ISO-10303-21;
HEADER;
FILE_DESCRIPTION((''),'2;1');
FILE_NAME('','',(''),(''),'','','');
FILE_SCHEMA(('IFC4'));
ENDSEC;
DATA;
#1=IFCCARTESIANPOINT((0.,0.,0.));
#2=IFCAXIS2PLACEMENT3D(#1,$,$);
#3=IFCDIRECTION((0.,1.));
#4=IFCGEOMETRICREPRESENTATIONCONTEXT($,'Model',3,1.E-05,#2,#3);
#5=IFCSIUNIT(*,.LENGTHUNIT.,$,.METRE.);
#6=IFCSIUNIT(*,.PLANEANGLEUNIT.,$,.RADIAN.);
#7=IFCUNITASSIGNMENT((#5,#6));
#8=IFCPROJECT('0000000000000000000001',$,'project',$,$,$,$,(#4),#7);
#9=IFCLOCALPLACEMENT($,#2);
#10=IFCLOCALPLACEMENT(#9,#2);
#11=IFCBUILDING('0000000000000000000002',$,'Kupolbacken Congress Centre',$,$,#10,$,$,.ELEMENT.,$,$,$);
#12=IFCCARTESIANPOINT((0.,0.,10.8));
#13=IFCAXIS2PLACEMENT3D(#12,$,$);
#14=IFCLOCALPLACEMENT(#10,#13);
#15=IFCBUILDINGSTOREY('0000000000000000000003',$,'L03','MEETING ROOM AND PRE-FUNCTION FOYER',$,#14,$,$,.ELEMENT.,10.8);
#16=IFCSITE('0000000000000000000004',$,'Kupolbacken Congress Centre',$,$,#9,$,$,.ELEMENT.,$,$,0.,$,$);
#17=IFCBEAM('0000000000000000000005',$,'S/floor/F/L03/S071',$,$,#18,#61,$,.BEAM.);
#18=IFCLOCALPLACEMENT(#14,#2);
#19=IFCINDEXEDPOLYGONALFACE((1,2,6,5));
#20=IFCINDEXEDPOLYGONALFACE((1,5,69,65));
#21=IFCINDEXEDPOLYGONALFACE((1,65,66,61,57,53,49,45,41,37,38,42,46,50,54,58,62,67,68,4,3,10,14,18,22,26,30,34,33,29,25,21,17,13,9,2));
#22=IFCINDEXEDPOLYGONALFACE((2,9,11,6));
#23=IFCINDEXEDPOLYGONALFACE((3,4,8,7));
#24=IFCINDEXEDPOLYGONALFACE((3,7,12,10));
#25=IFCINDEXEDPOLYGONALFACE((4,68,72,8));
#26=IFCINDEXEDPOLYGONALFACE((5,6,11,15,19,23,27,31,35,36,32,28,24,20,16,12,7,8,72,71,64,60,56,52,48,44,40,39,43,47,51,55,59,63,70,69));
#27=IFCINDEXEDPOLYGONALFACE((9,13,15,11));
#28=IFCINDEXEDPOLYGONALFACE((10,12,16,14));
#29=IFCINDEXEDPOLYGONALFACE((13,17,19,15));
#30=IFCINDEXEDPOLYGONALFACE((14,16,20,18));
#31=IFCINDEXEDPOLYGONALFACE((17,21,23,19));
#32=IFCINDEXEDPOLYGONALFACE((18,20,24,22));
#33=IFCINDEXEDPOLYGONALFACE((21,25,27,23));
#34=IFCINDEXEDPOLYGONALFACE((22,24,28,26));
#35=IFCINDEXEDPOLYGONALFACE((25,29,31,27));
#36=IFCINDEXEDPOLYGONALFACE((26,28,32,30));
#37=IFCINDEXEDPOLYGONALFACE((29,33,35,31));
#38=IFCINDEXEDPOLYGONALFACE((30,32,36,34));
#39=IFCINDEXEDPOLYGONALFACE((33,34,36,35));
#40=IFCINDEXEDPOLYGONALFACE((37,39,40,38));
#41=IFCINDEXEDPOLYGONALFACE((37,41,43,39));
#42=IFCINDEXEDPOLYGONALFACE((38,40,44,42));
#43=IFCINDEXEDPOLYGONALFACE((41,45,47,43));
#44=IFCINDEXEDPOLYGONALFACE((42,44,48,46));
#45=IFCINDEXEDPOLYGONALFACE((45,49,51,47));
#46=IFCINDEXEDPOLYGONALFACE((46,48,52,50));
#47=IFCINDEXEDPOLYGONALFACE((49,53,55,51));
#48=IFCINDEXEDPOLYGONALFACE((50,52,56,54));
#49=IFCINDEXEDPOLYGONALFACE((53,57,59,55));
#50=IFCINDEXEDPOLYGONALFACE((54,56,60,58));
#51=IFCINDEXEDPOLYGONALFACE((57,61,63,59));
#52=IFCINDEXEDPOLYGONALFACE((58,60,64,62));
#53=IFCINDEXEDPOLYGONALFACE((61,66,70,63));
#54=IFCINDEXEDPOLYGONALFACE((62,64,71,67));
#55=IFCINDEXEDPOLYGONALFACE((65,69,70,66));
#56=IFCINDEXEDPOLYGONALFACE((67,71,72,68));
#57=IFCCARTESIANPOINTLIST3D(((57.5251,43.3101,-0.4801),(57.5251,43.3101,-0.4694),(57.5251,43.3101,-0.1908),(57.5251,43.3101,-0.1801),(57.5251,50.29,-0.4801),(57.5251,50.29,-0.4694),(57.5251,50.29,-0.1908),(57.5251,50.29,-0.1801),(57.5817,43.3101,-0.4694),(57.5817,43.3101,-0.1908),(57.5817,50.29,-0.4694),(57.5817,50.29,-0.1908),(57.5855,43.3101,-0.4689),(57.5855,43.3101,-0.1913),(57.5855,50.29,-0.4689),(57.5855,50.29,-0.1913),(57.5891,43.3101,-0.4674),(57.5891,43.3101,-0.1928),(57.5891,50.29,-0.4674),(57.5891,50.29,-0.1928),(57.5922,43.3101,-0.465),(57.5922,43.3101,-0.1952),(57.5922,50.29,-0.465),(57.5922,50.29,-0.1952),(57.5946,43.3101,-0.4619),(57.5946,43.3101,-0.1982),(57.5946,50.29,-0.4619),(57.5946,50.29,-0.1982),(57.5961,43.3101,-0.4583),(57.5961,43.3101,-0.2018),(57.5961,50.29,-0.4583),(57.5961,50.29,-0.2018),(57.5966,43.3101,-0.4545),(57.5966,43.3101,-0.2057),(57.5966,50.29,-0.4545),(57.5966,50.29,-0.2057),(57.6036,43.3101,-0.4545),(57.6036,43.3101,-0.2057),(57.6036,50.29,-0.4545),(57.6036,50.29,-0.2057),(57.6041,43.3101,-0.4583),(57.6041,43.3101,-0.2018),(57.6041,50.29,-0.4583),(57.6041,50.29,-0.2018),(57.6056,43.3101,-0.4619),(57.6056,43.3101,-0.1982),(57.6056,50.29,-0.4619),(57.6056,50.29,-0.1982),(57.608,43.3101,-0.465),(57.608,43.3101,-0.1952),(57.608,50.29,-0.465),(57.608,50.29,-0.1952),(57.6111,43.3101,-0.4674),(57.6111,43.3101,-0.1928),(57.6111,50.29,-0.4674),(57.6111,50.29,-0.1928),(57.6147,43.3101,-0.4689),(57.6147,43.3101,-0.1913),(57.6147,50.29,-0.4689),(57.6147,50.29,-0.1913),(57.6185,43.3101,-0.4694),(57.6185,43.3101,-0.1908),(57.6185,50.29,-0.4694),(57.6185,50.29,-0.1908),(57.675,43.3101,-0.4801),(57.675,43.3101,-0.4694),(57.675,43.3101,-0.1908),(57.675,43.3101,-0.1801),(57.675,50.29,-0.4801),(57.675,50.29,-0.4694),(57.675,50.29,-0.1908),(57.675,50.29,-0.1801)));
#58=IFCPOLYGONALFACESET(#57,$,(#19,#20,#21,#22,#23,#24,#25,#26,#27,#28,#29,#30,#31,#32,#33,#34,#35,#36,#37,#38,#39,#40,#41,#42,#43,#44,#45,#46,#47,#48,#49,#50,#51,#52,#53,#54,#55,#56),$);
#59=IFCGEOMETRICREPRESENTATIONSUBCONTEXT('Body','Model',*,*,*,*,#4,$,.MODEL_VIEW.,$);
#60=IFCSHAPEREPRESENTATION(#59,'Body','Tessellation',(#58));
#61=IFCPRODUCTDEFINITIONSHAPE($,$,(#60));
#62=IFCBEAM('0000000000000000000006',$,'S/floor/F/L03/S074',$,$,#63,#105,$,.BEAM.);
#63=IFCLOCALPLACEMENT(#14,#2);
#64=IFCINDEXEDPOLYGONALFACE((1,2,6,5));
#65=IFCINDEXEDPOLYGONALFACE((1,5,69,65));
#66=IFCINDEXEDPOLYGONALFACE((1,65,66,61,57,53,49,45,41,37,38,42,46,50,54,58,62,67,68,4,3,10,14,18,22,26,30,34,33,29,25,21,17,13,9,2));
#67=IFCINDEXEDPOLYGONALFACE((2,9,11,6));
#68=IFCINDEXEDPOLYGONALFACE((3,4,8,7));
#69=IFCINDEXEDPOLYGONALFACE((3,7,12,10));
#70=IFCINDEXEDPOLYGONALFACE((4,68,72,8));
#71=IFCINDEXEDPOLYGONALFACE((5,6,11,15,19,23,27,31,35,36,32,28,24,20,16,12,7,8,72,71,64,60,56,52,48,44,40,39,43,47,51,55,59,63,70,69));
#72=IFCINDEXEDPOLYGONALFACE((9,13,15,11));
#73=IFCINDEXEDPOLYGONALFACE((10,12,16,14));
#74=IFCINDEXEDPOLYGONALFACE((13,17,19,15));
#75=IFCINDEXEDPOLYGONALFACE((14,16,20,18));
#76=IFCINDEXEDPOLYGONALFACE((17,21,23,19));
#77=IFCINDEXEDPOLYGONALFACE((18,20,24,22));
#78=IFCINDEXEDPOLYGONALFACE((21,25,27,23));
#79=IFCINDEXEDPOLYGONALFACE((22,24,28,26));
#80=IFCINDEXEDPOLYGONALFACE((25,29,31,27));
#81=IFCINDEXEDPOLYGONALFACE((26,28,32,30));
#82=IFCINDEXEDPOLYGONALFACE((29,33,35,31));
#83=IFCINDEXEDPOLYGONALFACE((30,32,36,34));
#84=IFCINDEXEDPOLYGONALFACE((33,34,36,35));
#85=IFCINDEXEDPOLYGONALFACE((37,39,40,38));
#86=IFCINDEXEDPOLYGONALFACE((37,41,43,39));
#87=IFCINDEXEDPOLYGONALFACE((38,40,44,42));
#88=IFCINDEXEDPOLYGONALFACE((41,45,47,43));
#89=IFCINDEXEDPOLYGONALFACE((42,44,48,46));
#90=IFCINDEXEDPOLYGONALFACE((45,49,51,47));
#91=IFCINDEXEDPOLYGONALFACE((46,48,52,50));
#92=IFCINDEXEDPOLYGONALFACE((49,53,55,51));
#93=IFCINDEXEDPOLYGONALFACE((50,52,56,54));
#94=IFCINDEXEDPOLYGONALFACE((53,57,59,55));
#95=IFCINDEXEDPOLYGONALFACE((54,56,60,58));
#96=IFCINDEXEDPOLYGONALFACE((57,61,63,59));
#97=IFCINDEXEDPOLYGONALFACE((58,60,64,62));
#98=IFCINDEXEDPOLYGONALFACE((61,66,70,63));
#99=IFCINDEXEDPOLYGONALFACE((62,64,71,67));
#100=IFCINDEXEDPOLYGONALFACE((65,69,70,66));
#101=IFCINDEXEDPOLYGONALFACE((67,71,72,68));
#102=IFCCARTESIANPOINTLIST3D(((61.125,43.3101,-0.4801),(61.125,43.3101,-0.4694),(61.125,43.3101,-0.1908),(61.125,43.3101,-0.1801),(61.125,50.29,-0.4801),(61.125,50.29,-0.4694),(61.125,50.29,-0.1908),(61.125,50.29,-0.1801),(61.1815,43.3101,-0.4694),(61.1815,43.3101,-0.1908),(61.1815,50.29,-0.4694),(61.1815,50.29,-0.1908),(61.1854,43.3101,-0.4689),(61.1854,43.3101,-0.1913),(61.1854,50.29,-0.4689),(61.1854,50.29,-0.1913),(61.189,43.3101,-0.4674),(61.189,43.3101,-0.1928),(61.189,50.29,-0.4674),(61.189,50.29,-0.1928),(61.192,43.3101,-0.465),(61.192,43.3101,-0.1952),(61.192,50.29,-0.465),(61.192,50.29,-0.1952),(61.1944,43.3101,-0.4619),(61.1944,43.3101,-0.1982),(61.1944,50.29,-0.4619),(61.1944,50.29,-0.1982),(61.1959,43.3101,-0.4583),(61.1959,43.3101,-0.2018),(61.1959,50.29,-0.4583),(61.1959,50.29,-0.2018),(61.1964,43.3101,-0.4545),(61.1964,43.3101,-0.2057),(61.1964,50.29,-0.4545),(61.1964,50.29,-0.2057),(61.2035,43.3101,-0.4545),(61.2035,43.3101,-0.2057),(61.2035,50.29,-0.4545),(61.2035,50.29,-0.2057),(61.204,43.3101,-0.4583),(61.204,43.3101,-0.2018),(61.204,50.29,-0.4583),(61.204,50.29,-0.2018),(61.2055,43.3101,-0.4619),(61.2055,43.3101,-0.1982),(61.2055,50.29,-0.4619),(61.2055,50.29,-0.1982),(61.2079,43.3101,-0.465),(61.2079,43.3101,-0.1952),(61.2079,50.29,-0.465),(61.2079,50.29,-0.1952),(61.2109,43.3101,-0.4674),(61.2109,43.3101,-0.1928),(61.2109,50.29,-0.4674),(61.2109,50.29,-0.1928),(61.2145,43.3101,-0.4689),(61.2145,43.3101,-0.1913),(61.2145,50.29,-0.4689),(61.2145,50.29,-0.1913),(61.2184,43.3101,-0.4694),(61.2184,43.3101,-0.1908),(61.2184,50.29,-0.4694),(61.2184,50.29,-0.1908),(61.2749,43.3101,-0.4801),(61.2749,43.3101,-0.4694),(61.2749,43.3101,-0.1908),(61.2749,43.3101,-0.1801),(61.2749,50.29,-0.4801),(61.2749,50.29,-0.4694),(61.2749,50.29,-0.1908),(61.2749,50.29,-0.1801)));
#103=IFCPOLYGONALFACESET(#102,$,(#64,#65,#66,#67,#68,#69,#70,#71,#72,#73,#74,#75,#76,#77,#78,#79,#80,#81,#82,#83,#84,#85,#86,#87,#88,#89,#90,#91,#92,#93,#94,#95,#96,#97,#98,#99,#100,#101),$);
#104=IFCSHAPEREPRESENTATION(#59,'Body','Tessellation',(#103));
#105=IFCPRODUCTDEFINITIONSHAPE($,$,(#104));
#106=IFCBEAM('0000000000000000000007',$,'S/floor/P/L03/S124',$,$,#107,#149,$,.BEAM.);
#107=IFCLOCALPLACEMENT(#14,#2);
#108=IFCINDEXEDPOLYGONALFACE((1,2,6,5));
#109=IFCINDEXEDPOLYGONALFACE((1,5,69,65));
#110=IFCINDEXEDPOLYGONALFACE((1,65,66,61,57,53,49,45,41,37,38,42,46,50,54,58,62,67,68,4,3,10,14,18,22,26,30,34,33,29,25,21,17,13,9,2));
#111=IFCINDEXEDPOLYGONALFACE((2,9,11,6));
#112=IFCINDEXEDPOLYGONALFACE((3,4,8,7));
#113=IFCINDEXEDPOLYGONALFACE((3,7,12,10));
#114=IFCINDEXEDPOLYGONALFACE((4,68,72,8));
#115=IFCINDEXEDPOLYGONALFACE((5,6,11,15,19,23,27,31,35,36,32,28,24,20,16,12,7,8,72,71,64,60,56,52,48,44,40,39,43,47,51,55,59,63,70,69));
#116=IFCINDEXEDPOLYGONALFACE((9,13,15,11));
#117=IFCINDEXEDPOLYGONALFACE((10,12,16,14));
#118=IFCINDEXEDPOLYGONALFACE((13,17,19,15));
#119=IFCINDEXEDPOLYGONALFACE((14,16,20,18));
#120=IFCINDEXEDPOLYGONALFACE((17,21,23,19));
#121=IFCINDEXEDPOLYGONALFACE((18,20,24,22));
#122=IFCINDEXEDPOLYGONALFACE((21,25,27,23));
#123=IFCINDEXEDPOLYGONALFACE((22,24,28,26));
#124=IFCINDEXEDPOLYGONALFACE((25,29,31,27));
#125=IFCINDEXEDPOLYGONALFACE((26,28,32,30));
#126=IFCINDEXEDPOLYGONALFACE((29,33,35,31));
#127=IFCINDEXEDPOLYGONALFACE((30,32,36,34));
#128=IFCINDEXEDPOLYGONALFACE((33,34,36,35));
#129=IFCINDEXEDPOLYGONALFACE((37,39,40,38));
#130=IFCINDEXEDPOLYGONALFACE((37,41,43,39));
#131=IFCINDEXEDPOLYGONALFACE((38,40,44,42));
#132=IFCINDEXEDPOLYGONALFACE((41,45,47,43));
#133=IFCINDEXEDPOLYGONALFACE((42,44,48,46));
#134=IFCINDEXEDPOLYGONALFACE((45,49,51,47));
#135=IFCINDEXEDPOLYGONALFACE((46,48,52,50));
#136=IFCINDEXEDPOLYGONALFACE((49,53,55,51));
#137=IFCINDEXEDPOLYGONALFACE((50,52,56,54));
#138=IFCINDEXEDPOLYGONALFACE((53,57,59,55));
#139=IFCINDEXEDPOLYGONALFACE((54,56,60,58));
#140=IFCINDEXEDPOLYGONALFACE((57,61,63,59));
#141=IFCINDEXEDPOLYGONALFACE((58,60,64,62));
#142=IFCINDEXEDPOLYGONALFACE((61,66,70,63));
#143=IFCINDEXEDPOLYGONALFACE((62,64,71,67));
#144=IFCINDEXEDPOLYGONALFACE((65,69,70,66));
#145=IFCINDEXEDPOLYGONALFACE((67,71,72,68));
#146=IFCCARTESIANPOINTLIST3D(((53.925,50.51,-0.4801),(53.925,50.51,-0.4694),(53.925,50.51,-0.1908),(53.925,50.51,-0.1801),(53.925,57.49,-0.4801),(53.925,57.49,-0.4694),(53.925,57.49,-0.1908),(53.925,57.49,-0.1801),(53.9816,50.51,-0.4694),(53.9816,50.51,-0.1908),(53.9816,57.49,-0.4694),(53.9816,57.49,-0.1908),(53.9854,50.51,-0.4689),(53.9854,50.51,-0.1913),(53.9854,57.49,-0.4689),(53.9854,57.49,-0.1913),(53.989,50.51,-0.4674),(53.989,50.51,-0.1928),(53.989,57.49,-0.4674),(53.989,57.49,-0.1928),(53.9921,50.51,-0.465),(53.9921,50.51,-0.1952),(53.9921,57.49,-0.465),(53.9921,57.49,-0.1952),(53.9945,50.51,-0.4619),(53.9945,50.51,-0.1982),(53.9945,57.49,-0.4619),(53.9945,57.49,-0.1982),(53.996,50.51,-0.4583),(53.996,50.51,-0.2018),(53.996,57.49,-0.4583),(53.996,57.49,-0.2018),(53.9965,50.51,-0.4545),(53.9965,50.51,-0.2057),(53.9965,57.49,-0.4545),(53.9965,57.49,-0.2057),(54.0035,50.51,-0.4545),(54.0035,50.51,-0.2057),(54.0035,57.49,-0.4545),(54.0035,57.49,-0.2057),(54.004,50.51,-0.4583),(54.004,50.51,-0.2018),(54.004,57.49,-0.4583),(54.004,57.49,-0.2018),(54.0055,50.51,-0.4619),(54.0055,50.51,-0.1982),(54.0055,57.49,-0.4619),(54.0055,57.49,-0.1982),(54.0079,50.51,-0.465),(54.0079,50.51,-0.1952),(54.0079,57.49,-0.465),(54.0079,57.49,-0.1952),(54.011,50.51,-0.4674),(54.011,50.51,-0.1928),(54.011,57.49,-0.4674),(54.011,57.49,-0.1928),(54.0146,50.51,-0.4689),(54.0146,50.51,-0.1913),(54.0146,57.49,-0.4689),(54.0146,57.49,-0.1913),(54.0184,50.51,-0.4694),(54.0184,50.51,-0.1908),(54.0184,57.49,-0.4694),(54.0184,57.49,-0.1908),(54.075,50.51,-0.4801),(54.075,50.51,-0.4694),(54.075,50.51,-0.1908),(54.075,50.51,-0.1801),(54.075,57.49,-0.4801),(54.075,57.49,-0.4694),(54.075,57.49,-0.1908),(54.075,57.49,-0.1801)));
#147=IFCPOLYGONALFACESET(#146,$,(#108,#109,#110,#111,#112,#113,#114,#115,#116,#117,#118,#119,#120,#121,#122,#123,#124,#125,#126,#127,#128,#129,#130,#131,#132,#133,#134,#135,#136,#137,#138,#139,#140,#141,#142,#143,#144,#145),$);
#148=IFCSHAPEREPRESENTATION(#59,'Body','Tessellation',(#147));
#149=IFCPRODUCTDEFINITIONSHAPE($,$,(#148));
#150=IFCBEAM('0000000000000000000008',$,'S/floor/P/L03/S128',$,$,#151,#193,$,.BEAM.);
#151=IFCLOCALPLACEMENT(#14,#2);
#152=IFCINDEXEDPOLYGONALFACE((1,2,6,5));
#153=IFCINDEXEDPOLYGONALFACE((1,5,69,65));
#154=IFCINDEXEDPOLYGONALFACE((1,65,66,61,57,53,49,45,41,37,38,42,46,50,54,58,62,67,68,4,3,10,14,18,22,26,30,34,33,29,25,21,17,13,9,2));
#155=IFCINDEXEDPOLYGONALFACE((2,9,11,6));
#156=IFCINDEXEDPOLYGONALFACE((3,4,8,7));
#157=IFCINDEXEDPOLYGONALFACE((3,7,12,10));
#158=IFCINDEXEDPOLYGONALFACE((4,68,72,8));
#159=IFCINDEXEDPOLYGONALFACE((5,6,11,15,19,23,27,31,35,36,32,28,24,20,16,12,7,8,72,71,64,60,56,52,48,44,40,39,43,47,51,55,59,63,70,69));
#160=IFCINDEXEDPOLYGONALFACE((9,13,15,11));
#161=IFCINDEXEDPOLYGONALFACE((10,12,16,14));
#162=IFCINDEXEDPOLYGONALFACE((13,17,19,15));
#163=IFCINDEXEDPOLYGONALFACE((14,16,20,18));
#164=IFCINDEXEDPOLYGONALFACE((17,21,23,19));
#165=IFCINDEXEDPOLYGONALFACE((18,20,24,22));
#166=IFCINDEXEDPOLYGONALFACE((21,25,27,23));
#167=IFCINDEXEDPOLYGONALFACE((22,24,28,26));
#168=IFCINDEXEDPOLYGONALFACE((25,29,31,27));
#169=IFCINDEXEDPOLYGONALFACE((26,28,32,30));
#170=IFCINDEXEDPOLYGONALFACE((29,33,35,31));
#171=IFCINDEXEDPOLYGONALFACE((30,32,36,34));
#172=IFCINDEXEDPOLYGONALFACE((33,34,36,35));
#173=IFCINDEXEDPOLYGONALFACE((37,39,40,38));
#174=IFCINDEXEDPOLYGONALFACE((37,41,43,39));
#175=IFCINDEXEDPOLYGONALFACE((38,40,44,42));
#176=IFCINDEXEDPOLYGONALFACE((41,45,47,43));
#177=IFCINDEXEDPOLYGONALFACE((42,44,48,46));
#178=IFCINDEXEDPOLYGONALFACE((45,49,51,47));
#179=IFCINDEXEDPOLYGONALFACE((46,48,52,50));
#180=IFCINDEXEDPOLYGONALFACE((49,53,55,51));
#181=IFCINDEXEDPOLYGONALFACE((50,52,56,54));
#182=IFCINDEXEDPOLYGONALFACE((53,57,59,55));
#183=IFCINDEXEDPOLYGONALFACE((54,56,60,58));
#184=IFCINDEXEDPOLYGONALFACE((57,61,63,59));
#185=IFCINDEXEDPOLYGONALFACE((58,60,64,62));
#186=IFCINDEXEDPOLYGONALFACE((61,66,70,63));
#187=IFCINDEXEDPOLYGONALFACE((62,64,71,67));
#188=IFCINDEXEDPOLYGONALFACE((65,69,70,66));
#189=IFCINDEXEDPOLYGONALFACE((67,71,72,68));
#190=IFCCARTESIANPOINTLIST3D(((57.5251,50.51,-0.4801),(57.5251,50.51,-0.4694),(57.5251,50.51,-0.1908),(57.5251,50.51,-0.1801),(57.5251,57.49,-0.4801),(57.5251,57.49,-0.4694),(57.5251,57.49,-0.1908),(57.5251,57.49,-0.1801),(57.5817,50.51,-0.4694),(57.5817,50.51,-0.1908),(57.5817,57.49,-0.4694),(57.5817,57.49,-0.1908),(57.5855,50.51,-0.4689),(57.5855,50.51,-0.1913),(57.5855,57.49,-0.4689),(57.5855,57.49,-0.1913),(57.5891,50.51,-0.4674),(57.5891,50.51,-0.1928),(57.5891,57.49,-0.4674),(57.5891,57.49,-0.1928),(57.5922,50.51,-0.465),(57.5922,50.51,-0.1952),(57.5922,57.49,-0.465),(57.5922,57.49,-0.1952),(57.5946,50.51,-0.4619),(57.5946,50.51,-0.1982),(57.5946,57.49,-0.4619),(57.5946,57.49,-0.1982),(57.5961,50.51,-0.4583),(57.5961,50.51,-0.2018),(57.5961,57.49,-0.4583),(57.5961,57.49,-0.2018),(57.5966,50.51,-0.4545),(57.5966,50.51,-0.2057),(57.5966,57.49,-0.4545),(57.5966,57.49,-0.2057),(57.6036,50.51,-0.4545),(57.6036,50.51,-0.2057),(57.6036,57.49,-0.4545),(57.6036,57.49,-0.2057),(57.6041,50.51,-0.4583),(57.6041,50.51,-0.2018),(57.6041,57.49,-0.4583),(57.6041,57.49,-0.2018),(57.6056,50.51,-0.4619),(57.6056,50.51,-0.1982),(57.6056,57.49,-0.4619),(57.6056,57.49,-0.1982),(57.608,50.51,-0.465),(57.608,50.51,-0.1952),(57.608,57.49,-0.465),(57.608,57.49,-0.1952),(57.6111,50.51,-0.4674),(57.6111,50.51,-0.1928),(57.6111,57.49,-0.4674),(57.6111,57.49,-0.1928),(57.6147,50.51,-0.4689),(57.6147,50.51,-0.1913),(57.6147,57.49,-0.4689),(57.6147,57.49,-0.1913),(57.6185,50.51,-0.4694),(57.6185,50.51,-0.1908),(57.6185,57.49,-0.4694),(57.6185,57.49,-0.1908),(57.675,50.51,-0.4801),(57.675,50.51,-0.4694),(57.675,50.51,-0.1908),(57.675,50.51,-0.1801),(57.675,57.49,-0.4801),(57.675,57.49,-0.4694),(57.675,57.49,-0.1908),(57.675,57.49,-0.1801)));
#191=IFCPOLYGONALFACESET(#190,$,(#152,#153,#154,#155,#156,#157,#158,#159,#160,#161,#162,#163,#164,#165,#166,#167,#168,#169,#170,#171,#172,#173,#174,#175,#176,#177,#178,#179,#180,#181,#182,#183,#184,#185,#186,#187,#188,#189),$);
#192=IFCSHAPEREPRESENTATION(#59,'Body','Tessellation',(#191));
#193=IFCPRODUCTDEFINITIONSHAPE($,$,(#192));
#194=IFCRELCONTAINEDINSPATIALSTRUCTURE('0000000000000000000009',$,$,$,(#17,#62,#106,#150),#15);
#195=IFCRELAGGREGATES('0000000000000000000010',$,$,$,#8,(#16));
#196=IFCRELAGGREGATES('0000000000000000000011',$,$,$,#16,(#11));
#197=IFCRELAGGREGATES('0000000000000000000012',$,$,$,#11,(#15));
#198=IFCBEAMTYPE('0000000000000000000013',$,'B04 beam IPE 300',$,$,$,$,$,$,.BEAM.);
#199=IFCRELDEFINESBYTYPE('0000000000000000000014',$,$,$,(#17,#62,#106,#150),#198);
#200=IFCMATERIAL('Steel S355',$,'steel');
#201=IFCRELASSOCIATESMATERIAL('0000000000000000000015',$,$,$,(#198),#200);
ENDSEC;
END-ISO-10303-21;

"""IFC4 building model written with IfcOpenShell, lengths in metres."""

from ifc_helpers import new_model, si_unit, direction, frame, origin, origin_2d, place, context, subcontext, project, spatial, i_section, extrude, material, material_profile, profile_set, type_object, element, save


model = new_model("IFC4")

# Units and contexts
model_context = context("Model", 3, precision=1e-05, world=origin(), true_north=direction((0.0, 1.0)))
body_context = subcontext(model_context, "Body", "Model", "MODEL_VIEW")
ifc_project = project(units=[si_unit("LENGTHUNIT", "METRE"), si_unit("PLANEANGLEUNIT", "RADIAN")], contexts=[model_context])

# Site, building, storey
site_placement = place(None, origin())
site = spatial("IfcSite", under=ifc_project, at=site_placement, Name="Kupolbacken Congress Centre", CompositionType="ELEMENT", RefElevation=0.0)
building_placement = place(site_placement, origin())
building = spatial("IfcBuilding", under=site, at=building_placement, Name="Kupolbacken Congress Centre", CompositionType="ELEMENT")
storey_placement = place(building_placement, frame((0.0, 0.0, 10.8)))
storey = spatial("IfcBuildingStorey", under=building, at=storey_placement, Name="L03", Description="MEETING ROOM AND PRE-FUNCTION FOYER", CompositionType="ELEMENT", Elevation=10.8)

# Beams
ifc_material_1 = material(Name="Steel S355", Category="steel")
ifc_material_profile = material_profile(ifc_material_1, i_section(OverallWidth=0.1499, OverallDepth=0.3, WebThickness=0.0071, FlangeThickness=0.0107, FilletRadius=0.0149, at=origin_2d()), Name="IPE 300")
ifc_profile_set = profile_set([ifc_material_profile], Name="Steel S355")
beam_type = type_object("IfcBeamType", Name="B04 beam IPE 300", PredefinedType="BEAM", material=ifc_profile_set)
for number, where, z_axis, x_axis, name in (
    (1, (57.6001, 43.3101, -0.3301), (0.0, 1.0, 0.0), (-1.0, 0.0, 0.0), "S/floor/F/L03/S071"),
    (2, (61.2, 43.3101, -0.3301), (0.0, 1.0, 0.0), (-1.0, 0.0, 0.0), "S/floor/F/L03/S074"),
    (3, (54.0, 50.51, -0.3301), (0.0, 1.0, 0.0), (-1.0, 0.0, 0.0), "S/floor/P/L03/S124"),
    (4, (57.6001, 50.51, -0.3301), (0.0, 1.0, 0.0), (-1.0, 0.0, 0.0), "S/floor/P/L03/S128"),
):
    element("IfcBeam", number, at=place(storey_placement, frame(where, z_axis=z_axis, x_axis=x_axis)), inside=storey, type_object=beam_type, Name=name, PredefinedType="BEAM", context=body_context, shape_type="SweptSolid", body=[
        extrude(i_section(OverallWidth=0.1499, OverallDepth=0.3, WebThickness=0.0071, FlangeThickness=0.0107, FilletRadius=0.0149, at=origin_2d()), origin(), (0.0, 0.0, 1.0), 6.98),
    ])

save(model, "model.ifc")
